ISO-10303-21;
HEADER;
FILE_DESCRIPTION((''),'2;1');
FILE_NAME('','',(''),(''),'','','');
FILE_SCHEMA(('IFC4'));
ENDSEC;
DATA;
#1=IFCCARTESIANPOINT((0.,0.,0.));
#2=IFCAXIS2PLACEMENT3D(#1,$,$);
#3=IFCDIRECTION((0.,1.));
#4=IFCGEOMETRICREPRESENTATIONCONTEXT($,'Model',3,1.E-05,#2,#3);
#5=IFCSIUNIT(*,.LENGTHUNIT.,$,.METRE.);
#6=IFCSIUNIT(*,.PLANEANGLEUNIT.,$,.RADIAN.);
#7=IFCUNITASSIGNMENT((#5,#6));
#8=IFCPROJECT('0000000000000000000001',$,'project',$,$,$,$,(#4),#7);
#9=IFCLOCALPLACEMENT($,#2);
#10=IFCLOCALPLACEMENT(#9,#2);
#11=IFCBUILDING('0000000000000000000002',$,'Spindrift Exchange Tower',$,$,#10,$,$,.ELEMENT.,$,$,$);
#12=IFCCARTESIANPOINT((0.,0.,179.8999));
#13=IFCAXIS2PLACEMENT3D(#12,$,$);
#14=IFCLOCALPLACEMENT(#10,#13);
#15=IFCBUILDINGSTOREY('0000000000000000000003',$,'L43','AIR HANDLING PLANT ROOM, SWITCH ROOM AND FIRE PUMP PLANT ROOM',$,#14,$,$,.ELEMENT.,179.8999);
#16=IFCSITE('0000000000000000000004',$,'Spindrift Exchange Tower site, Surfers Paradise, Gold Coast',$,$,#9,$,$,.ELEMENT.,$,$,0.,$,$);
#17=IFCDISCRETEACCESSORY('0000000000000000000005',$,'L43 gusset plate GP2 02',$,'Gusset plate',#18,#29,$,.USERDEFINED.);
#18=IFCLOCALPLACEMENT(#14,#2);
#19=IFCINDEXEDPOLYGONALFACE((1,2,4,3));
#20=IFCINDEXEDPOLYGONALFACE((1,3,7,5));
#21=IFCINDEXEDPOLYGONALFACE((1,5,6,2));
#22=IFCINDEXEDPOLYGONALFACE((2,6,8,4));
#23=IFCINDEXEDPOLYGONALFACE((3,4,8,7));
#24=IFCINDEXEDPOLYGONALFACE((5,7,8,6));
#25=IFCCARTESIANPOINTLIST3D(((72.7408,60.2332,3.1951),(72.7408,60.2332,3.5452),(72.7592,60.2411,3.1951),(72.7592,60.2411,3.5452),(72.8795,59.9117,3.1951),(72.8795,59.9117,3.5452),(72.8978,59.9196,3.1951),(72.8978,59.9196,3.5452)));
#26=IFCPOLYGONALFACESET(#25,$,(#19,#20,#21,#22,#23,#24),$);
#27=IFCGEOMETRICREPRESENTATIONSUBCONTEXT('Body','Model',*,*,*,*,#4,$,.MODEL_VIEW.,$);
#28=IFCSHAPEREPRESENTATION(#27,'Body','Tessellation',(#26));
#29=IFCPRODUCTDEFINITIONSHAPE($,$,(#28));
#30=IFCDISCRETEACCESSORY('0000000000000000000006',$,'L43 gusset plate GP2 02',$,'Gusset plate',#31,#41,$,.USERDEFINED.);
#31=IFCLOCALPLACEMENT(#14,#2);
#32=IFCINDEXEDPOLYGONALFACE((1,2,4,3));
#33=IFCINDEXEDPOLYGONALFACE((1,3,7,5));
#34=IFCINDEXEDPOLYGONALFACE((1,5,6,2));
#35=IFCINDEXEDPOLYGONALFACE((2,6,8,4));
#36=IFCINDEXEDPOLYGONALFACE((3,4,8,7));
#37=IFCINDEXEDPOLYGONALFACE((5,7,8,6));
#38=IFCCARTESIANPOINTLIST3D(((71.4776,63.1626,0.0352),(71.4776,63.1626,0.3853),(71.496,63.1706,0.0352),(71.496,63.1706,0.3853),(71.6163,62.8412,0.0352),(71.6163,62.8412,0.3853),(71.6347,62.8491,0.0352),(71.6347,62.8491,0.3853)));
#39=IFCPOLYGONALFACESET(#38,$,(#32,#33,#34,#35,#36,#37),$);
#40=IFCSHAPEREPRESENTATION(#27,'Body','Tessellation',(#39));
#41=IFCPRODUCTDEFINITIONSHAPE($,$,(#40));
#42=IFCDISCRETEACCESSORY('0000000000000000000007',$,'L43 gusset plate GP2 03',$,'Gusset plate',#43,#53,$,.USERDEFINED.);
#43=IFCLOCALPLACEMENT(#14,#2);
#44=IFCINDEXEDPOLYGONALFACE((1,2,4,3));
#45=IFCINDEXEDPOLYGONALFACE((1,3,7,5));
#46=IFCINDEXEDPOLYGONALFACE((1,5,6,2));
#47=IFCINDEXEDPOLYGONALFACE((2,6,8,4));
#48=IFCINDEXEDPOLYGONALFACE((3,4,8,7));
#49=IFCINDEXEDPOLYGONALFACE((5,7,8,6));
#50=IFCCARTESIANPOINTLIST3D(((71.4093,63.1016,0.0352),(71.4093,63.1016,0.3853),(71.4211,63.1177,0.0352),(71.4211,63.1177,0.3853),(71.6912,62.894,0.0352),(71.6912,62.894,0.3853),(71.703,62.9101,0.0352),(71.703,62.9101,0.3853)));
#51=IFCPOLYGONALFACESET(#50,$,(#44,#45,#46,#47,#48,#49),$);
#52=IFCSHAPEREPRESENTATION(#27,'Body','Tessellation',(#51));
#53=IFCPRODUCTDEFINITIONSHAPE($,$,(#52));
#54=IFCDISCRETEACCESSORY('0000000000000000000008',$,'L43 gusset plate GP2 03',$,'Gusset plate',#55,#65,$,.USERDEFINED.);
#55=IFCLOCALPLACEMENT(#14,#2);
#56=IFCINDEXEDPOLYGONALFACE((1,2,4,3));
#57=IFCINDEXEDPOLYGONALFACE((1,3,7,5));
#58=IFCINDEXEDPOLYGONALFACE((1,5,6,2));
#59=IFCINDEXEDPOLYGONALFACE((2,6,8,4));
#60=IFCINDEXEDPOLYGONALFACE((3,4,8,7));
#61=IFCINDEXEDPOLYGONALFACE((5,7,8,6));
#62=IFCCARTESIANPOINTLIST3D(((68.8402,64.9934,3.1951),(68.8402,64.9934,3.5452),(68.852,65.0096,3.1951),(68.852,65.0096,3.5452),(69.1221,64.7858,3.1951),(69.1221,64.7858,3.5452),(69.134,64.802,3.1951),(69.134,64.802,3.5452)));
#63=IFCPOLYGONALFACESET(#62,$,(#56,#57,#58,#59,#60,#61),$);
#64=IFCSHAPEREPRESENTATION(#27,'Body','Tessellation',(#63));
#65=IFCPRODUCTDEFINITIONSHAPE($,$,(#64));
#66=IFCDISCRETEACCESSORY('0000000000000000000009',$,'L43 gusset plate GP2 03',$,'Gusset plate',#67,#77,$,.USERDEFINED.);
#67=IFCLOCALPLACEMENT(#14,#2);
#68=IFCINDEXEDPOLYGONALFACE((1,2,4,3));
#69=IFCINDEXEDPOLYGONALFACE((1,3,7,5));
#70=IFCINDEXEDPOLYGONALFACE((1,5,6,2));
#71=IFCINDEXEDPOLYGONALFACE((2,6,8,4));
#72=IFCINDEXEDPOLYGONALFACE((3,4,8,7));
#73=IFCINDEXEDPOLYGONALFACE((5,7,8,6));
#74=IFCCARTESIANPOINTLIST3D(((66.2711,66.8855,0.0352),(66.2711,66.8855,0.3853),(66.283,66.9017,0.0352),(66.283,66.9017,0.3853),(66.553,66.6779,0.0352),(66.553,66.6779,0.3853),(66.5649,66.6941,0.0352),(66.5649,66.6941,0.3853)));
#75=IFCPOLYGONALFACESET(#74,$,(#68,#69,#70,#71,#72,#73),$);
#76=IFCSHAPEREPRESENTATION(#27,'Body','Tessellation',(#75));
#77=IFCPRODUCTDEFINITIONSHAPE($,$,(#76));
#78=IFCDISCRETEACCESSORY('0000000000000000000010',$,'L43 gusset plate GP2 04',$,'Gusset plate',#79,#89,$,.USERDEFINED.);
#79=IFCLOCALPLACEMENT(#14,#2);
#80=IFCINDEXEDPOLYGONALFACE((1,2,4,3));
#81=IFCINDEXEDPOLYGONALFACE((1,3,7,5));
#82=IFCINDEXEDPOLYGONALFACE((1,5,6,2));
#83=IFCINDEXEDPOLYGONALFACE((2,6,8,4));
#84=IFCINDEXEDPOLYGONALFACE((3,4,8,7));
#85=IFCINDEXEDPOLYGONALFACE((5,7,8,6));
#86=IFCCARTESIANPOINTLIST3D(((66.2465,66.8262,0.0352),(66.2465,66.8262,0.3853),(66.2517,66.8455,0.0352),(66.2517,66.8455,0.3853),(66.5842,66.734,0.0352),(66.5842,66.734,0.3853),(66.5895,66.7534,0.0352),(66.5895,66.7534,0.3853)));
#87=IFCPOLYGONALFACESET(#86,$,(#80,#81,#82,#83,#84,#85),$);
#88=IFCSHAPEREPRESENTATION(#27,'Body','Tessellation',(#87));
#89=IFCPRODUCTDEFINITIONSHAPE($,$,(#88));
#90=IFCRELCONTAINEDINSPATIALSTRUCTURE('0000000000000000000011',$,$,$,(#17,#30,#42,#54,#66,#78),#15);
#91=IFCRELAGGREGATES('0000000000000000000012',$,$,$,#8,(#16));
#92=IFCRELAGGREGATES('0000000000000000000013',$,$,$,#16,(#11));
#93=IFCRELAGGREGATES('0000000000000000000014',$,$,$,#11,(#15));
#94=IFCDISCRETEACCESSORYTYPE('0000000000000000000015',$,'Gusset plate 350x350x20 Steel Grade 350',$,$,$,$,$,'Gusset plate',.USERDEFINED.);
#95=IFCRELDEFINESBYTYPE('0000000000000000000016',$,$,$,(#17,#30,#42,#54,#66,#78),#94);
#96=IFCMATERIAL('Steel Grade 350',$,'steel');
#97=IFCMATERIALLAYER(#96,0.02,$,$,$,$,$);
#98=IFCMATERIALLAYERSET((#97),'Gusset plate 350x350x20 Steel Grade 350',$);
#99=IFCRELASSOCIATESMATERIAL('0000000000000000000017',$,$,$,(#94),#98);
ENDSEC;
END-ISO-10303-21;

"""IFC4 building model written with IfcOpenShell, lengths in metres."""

from ifc_helpers import new_model, si_unit, direction, frame, origin, origin_2d, place, context, subcontext, project, spatial, rectangle, extrude, source, transform, mapped, material, layer, layer_set, type_object, element, save


model = new_model("IFC4")

# Units and contexts
model_context = context("Model", 3, precision=1e-05, world=origin(), true_north=direction((0.0, 1.0)))
body_context = subcontext(model_context, "Body", "Model", "MODEL_VIEW")
ifc_project = project(units=[si_unit("LENGTHUNIT", "METRE"), si_unit("PLANEANGLEUNIT", "RADIAN")], contexts=[model_context])

# Site, building, storey
site_placement = place(None, origin())
site = spatial("IfcSite", under=ifc_project, at=site_placement, Name="Spindrift Exchange Tower site, Surfers Paradise, Gold Coast", CompositionType="ELEMENT", RefElevation=0.0)
building_placement = place(site_placement, origin())
building = spatial("IfcBuilding", under=site, at=building_placement, Name="Spindrift Exchange Tower", CompositionType="ELEMENT")
storey_placement = place(building_placement, frame((0.0, 0.0, 179.8999)))
storey = spatial("IfcBuildingStorey", under=building, at=storey_placement, Name="L43", Description="AIR HANDLING PLANT ROOM, SWITCH ROOM AND FIRE PUMP PLANT ROOM", CompositionType="ELEMENT", Elevation=179.8999)

# Shared definitions
ifc_material_1 = material(Name="Steel Grade 350", Category="steel")

# Discrete accessories
ifc_layer_1 = layer(ifc_material_1, 0.02)
ifc_layer_set_1 = layer_set([ifc_layer_1], Name="Gusset plate 350x350x20 Steel Grade 350")
discrete_accessory_type_1 = type_object("IfcDiscreteAccessoryType", Name="Gusset plate 350x350x20 Steel Grade 350", ElementType="Gusset plate", PredefinedType="USERDEFINED", material=ifc_layer_set_1)
shared_shape_1 = source(origin(), body_context, "Body", "SweptSolid", [
    extrude(rectangle(XDim=0.3501, YDim=0.02, at=origin_2d()), origin(), (0.0, 0.0, 1.0), 0.3501),
])
for number, where, z_axis, x_axis, name in (
    (1, (72.8193, 60.0764, 3.1951), (0.0, 0.0, 1.0), (-0.395957, 0.918269, 0.0), "L43 gusset plate GP2 02"),
    (2, (71.5562, 63.0059, 0.0352), (0.0, 0.0, 1.0), (-0.395957, 0.918269, 0.0), "L43 gusset plate GP2 02"),
    (3, (71.5562, 63.0059, 0.0352), (0.0, 0.0, 1.0), (-0.805234, 0.592957, 0.0), "L43 gusset plate GP2 03"),
    (4, (68.9871, 64.8977, 3.1951), (0.0, 0.0, 1.0), (-0.805234, 0.592957, 0.0), "L43 gusset plate GP2 03"),
    (5, (66.418, 66.7898, 0.0352), (0.0, 0.0, 1.0), (-0.805209, 0.592992, 0.0), "L43 gusset plate GP2 03"),
    (6, (66.418, 66.7898, 0.0352), (0.0, 0.0, 1.0), (-0.964712, 0.263309, 0.0), "L43 gusset plate GP2 04"),
):
    element("IfcDiscreteAccessory", number, at=place(storey_placement, frame(where, z_axis=z_axis, x_axis=x_axis)), inside=storey, type_object=discrete_accessory_type_1, Name=name, ObjectType="Gusset plate", PredefinedType="USERDEFINED", context=body_context, shape_type="MappedRepresentation", body=[
        mapped(shared_shape_1, transform((0.0, 0.0, 0.0), scale=1.0)),
    ])

save(model, "model.ifc")
